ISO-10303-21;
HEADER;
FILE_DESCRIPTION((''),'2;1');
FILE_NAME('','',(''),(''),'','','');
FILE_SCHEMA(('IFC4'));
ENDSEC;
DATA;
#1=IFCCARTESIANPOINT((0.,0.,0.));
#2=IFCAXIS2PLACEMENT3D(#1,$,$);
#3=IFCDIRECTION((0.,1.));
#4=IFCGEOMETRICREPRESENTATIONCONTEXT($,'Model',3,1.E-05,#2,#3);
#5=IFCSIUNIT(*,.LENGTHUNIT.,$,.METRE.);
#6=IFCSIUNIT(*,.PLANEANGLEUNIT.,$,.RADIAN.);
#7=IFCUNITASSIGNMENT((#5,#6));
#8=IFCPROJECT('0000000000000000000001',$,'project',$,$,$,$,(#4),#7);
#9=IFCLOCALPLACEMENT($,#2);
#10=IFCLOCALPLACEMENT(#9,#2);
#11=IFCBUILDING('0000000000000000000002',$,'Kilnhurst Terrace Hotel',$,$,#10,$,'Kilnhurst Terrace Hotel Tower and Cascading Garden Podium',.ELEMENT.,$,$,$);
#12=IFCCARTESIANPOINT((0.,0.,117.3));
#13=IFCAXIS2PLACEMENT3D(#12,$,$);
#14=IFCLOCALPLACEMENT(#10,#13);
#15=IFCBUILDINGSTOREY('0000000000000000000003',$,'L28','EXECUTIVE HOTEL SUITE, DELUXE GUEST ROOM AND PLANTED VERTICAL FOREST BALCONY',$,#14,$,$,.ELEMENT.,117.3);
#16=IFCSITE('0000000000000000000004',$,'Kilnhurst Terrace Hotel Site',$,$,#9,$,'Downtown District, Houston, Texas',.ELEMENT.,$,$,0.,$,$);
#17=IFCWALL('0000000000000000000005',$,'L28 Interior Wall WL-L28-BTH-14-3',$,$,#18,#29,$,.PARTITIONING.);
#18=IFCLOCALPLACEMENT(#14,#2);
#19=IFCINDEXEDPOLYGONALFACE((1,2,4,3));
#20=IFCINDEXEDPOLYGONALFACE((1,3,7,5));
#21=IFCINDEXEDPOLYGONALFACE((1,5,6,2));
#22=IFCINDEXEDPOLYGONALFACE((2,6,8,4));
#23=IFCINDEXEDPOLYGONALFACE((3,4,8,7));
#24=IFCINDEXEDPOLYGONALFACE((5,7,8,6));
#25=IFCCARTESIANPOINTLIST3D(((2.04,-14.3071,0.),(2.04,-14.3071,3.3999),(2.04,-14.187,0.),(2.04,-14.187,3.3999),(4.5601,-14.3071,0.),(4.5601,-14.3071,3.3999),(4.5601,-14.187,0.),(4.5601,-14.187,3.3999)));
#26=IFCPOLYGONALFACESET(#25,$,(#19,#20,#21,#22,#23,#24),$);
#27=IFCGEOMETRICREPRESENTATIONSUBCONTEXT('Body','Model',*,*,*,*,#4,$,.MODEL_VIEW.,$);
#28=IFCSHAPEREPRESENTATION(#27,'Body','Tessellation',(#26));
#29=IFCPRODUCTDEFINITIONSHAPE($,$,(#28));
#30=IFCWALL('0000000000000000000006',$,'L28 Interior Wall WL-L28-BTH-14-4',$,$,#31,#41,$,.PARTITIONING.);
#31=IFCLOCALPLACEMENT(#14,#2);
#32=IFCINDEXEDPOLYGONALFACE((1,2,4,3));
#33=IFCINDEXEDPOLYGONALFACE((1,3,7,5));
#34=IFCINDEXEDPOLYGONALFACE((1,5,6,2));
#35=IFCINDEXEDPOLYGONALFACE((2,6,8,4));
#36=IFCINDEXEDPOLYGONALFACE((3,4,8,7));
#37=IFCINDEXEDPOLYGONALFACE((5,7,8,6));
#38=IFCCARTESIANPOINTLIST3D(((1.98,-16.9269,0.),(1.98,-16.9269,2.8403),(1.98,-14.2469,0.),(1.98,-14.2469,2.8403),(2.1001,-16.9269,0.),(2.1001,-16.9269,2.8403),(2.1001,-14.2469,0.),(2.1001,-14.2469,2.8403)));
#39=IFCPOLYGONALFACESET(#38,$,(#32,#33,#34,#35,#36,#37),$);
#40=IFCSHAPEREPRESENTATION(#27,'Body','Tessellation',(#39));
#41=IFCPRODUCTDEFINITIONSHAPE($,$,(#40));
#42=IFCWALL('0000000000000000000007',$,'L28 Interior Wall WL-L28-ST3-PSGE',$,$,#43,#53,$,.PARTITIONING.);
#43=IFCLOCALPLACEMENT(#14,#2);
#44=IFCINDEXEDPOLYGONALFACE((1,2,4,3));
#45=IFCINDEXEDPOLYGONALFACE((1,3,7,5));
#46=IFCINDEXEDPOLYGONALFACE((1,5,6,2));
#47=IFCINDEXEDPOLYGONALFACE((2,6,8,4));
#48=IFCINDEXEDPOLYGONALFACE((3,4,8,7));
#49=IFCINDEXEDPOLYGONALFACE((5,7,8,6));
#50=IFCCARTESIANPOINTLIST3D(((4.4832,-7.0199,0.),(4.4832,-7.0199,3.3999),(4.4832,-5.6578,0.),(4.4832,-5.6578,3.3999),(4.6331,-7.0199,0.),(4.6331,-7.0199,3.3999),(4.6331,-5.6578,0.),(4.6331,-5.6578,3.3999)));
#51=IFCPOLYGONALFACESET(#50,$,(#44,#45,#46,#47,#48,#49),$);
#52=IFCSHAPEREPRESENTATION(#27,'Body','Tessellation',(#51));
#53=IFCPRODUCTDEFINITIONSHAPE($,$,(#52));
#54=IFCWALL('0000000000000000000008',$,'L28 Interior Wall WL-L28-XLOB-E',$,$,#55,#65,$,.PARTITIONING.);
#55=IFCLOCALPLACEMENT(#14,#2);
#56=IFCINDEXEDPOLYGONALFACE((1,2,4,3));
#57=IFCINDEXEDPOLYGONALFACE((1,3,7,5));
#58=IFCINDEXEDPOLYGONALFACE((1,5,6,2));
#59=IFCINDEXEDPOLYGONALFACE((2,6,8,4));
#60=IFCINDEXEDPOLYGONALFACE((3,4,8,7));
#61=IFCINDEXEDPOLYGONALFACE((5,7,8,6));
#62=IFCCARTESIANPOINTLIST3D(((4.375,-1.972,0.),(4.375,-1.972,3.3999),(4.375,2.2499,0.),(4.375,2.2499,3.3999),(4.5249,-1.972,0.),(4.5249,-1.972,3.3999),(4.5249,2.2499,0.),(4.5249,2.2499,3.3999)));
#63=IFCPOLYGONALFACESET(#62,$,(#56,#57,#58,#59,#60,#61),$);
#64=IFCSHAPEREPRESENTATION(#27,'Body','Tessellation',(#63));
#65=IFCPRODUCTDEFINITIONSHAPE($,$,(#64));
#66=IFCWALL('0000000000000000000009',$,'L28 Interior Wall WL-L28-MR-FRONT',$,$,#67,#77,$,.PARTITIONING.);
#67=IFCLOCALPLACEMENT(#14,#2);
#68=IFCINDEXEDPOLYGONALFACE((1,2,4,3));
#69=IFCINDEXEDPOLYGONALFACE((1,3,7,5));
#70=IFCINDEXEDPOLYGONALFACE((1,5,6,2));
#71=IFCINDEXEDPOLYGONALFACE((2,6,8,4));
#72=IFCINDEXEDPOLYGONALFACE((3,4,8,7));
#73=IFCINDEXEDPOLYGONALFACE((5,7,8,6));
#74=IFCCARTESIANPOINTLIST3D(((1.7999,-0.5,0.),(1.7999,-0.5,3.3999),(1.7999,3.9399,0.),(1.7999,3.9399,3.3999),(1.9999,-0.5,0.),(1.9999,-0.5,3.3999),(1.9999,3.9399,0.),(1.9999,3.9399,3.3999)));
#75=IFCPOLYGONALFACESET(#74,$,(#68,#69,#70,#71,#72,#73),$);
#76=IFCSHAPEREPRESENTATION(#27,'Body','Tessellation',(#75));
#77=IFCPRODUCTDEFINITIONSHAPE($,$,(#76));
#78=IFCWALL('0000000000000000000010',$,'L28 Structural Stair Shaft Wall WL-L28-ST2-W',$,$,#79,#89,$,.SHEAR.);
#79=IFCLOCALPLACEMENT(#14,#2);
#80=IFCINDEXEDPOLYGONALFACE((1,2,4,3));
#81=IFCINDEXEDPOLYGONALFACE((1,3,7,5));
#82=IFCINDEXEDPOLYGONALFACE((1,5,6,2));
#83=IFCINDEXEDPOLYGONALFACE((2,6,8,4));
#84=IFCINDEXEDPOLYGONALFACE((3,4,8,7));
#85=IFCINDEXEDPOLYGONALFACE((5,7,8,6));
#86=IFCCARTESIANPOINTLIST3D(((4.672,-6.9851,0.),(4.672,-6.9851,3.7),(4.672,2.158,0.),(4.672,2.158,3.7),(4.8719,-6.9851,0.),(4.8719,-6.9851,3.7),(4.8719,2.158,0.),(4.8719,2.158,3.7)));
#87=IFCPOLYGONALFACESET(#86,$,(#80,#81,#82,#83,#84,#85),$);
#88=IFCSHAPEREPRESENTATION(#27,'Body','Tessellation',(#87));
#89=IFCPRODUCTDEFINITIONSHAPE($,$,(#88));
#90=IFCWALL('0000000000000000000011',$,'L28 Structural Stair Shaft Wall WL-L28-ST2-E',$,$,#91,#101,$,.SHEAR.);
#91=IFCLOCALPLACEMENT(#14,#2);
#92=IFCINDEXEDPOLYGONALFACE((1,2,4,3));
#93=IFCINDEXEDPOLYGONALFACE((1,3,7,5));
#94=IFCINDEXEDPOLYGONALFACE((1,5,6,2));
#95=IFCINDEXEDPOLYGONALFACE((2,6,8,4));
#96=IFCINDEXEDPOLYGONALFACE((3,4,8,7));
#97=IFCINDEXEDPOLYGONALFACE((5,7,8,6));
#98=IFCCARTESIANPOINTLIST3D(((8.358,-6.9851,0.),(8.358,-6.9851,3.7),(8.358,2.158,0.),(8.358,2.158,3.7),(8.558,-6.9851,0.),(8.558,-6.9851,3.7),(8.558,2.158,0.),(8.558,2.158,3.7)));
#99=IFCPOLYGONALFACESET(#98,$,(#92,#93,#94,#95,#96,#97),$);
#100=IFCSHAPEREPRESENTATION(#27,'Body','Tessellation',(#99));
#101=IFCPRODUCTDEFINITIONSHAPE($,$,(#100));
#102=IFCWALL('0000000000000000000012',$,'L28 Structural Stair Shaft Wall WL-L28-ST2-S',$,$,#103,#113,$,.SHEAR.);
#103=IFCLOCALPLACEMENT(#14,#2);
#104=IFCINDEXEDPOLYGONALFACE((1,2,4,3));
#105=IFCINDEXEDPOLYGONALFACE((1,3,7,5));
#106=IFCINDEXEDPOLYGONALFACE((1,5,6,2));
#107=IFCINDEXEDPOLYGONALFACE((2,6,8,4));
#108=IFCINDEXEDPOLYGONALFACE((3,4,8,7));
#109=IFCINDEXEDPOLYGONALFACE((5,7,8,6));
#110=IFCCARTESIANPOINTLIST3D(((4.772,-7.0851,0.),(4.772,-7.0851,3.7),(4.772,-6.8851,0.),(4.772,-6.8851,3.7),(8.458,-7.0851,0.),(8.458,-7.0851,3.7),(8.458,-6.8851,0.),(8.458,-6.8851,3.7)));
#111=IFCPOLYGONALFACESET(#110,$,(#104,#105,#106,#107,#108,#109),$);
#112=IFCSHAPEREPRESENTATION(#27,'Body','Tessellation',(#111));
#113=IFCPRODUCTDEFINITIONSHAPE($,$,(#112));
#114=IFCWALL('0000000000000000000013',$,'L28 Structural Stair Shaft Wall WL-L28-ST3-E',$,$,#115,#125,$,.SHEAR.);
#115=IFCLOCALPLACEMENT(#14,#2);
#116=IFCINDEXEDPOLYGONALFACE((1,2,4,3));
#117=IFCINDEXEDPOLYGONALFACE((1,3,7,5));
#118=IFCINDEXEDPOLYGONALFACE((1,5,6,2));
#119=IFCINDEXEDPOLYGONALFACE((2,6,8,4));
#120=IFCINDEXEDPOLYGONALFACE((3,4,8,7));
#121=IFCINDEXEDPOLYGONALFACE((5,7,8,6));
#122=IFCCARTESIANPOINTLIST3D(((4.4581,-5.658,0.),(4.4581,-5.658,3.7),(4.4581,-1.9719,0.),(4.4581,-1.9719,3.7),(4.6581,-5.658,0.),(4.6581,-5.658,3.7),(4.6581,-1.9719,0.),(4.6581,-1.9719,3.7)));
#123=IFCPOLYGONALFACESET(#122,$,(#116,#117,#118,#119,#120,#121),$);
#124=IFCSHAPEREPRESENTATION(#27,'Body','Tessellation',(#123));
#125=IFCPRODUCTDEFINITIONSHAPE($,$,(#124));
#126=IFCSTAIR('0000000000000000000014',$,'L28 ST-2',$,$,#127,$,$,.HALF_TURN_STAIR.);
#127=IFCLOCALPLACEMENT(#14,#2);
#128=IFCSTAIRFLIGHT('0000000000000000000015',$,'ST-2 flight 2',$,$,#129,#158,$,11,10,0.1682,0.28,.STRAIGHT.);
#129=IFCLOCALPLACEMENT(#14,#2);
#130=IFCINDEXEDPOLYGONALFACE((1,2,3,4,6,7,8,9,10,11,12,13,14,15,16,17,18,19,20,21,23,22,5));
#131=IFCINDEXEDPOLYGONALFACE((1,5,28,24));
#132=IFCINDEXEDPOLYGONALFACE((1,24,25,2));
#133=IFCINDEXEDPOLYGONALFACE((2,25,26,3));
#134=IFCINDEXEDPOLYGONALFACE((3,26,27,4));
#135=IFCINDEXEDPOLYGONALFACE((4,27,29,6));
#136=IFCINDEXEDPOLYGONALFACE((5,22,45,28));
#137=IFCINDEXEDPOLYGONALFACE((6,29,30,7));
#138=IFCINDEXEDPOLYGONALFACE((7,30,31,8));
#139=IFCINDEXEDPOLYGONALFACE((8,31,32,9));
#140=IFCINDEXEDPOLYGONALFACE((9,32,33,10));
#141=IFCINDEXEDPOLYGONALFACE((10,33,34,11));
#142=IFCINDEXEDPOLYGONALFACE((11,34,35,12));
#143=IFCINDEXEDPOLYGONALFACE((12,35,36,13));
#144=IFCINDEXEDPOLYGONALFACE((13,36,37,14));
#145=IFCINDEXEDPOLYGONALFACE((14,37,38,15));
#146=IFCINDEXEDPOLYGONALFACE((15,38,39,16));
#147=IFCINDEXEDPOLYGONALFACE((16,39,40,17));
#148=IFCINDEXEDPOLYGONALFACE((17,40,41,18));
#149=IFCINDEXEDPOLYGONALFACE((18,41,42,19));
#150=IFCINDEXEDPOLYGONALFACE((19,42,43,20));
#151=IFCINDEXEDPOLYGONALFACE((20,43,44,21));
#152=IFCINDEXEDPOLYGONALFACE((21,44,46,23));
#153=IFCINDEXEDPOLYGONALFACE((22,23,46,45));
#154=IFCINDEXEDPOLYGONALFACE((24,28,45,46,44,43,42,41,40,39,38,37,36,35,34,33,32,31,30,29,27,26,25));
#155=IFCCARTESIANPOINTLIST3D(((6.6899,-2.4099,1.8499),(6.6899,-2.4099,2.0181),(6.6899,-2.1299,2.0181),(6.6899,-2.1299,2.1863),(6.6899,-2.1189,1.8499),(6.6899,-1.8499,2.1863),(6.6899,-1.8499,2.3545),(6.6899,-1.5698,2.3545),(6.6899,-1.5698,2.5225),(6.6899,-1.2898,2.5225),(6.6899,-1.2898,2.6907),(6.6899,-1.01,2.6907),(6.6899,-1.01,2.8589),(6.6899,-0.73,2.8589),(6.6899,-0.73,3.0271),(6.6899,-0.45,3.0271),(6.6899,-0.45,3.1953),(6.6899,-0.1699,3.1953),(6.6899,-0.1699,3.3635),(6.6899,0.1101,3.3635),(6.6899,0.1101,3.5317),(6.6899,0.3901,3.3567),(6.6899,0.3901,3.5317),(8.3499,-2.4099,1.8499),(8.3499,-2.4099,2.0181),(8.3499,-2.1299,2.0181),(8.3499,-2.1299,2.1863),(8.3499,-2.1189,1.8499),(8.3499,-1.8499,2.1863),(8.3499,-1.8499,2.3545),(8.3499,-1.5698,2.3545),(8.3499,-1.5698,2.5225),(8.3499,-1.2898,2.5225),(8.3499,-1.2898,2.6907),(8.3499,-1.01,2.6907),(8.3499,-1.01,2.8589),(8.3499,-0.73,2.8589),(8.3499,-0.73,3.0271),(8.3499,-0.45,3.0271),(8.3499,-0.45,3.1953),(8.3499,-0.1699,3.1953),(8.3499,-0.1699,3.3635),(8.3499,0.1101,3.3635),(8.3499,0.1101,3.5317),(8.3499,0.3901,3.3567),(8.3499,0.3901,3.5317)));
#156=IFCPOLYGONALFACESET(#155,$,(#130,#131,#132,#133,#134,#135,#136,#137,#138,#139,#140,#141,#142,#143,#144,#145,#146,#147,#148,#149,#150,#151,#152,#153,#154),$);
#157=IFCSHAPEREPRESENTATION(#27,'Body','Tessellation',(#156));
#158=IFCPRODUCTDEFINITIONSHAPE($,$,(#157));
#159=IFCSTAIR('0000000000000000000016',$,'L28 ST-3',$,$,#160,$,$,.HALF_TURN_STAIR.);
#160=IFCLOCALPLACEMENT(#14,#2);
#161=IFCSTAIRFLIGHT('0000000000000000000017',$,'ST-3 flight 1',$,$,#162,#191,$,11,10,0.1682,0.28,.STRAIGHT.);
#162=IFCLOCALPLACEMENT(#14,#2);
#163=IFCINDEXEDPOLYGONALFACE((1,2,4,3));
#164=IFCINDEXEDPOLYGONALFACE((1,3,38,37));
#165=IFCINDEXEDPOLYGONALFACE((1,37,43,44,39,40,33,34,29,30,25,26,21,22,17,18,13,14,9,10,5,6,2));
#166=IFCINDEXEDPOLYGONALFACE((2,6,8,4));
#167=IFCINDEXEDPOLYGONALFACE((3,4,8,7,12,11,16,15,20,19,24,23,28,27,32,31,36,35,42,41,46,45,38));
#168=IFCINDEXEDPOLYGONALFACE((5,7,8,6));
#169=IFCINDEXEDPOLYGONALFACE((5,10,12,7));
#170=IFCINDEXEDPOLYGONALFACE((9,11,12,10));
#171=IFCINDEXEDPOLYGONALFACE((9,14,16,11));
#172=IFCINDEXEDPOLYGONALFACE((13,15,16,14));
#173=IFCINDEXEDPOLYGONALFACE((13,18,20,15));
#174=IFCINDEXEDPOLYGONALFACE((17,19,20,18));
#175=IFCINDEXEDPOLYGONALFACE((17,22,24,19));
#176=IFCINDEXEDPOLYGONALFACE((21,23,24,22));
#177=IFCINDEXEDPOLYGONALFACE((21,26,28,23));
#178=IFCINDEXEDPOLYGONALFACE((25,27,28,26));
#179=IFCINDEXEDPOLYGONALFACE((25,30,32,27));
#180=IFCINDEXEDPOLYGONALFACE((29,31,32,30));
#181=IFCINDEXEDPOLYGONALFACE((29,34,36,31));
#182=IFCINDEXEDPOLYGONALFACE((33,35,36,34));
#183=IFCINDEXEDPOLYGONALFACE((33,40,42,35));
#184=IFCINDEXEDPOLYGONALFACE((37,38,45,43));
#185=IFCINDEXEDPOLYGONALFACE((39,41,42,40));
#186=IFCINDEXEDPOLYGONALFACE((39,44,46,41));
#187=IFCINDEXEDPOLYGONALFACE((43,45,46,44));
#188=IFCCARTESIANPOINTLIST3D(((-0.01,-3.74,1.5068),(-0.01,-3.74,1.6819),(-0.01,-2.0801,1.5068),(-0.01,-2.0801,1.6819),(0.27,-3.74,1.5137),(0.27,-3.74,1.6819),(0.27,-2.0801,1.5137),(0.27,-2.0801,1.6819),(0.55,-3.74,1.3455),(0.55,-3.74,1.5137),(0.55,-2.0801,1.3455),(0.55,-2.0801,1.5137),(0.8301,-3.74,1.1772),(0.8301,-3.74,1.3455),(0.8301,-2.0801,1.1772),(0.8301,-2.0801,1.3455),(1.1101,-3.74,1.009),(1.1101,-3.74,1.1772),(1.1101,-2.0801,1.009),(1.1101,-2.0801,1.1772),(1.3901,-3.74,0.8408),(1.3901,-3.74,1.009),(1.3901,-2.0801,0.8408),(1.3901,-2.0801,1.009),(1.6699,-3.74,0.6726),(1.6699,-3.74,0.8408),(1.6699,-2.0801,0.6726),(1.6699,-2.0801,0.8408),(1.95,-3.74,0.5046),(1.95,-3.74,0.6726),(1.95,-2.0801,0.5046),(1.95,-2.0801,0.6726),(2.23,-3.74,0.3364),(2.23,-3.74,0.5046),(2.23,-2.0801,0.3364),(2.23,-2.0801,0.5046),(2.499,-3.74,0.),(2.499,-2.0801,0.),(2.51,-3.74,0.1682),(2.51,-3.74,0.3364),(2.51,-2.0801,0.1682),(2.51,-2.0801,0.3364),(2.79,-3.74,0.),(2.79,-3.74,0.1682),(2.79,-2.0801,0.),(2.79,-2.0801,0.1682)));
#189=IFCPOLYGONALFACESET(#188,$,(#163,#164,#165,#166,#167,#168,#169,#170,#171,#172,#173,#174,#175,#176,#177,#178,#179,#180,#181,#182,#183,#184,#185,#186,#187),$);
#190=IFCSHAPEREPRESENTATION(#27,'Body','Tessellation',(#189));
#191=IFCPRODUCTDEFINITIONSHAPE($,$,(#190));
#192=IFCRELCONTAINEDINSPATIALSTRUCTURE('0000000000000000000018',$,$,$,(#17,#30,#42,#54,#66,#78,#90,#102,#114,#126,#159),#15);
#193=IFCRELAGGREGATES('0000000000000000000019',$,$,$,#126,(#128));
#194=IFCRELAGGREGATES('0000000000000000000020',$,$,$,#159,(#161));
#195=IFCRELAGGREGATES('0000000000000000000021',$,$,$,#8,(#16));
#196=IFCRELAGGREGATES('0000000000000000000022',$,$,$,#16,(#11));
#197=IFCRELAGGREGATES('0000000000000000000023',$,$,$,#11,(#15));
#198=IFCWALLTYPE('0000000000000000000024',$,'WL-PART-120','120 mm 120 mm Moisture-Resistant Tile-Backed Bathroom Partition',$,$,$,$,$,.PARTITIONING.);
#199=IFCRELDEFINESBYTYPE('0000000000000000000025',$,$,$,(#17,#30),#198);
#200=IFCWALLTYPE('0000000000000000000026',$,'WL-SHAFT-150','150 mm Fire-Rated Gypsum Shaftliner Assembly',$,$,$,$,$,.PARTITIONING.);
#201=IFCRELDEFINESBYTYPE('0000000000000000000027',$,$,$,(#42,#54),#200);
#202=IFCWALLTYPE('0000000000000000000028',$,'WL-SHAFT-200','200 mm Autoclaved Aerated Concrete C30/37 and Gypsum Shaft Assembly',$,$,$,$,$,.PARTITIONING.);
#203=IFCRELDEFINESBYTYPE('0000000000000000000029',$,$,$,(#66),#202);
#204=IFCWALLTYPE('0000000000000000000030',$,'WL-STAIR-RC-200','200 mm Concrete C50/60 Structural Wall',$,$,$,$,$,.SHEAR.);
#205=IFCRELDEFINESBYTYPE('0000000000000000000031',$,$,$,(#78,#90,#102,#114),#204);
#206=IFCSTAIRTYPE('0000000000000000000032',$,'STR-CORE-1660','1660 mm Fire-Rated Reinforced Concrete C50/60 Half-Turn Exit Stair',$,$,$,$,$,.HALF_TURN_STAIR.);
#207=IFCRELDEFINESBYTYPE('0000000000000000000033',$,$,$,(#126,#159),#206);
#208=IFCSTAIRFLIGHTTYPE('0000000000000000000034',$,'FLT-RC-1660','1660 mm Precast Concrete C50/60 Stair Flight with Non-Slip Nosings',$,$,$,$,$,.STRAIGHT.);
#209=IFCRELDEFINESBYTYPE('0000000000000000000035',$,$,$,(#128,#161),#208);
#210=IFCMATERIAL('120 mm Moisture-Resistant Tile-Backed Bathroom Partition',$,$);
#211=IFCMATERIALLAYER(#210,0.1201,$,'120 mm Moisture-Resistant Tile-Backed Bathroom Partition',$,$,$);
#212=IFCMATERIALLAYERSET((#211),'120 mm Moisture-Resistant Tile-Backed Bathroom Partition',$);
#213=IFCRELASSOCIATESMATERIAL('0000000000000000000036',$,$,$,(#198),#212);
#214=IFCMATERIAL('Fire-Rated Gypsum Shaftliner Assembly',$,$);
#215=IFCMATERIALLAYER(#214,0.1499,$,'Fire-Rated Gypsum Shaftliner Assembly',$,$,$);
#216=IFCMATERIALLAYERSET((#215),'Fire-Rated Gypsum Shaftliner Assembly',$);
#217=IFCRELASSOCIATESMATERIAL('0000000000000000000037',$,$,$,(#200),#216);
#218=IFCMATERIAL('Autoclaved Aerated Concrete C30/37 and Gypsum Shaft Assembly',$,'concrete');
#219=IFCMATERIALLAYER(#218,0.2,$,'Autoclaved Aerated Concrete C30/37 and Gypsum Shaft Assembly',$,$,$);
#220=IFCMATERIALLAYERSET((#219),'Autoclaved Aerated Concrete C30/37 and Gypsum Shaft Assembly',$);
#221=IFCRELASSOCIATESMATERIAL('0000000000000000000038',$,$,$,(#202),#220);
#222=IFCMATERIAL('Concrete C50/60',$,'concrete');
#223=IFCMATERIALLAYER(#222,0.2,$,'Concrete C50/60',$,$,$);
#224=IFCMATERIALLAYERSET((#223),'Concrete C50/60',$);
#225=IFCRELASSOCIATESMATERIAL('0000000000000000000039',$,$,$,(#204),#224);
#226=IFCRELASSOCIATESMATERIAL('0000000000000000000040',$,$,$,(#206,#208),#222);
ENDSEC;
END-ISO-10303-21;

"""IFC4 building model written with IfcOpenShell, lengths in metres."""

from ifc_helpers import new_model, si_unit, direction, frame, frame_2d, origin, place, context, subcontext, project, spatial, polyline, rectangle, outline, extrude, material, layer, layer_set, type_object, element, aggregate, save


model = new_model("IFC4")

# Units and contexts
model_context = context("Model", 3, precision=1e-05, world=origin(), true_north=direction((0.0, 1.0)))
body_context = subcontext(model_context, "Body", "Model", "MODEL_VIEW")
ifc_project = project(units=[si_unit("LENGTHUNIT", "METRE"), si_unit("PLANEANGLEUNIT", "RADIAN")], contexts=[model_context])

# Site, building, storey
site_placement = place(None, origin())
site = spatial("IfcSite", under=ifc_project, at=site_placement, Name="Kilnhurst Terrace Hotel Site", LongName="Downtown District, Houston, Texas", CompositionType="ELEMENT", RefElevation=0.0)
building_placement = place(site_placement, origin())
building = spatial("IfcBuilding", under=site, at=building_placement, Name="Kilnhurst Terrace Hotel", LongName="Kilnhurst Terrace Hotel Tower and Cascading Garden Podium", CompositionType="ELEMENT")
storey_placement = place(building_placement, frame((0.0, 0.0, 117.3)))
storey = spatial("IfcBuildingStorey", under=building, at=storey_placement, Name="L28", Description="EXECUTIVE HOTEL SUITE, DELUXE GUEST ROOM AND PLANTED VERTICAL FOREST BALCONY", CompositionType="ELEMENT", Elevation=117.3)

# Shared definitions
ifc_material_1 = material(Name="Concrete C50/60", Category="concrete")

# Shared definitions
ifc_material_2 = material(Name="120 mm Moisture-Resistant Tile-Backed Bathroom Partition")
ifc_layer_1 = layer(ifc_material_2, 0.1201, Name="120 mm Moisture-Resistant Tile-Backed Bathroom Partition")
ifc_layer_set_1 = layer_set([ifc_layer_1], Name="120 mm Moisture-Resistant Tile-Backed Bathroom Partition")
wall_type_1 = type_object("IfcWallType", Name="WL-PART-120", Description="120 mm 120 mm Moisture-Resistant Tile-Backed Bathroom Partition", PredefinedType="PARTITIONING", material=ifc_layer_set_1)

# Walls
wall_1_placement = place(storey_placement, frame((4.5601, -14.2471, 0.0), z_axis=(0.0, 0.0, 1.0), x_axis=(-1.0, 0.0, 0.0)))
element("IfcWall", 1, at=wall_1_placement, inside=storey, type_object=wall_type_1, Name="L28 Interior Wall WL-L28-BTH-14-3", PredefinedType="PARTITIONING", context=body_context, shape_type="SweptSolid", body=[
    extrude(rectangle(XDim=2.52, YDim=0.1201, at=frame_2d((1.26, 0.0))), origin(), (0.0, 0.0, 1.0), 3.3999),
])
wall_2_placement = place(storey_placement, frame((2.04, -14.2471, 0.0), z_axis=(0.0, 0.0, 1.0), x_axis=(0.0, -1.0, 0.0)))
element("IfcWall", 2, at=wall_2_placement, inside=storey, type_object=wall_type_1, Name="L28 Interior Wall WL-L28-BTH-14-4", PredefinedType="PARTITIONING", context=body_context, shape_type="SweptSolid", body=[
    extrude(rectangle(XDim=2.6799, YDim=0.1201, at=frame_2d((1.3398, 0.0))), origin(), (0.0, 0.0, 1.0), 2.8403),
])
ifc_material_3 = material(Name="Fire-Rated Gypsum Shaftliner Assembly")
ifc_layer_2 = layer(ifc_material_3, 0.1499, Name="Fire-Rated Gypsum Shaftliner Assembly")
ifc_layer_set_2 = layer_set([ifc_layer_2], Name="Fire-Rated Gypsum Shaftliner Assembly")
wall_type_2 = type_object("IfcWallType", Name="WL-SHAFT-150", Description="150 mm Fire-Rated Gypsum Shaftliner Assembly", PredefinedType="PARTITIONING", material=ifc_layer_set_2)
wall_3_placement = place(storey_placement, frame((4.5581, -7.02, 0.0), z_axis=(0.0, 0.0, 1.0), x_axis=(0.0, 1.0, 0.0)))
element("IfcWall", 3, at=wall_3_placement, inside=storey, type_object=wall_type_2, Name="L28 Interior Wall WL-L28-ST3-PSGE", PredefinedType="PARTITIONING", context=body_context, shape_type="SweptSolid", body=[
    extrude(rectangle(XDim=1.3621, YDim=0.1499, at=frame_2d((0.6812, 0.0))), origin(), (0.0, 0.0, 1.0), 3.3999),
])
wall_4_placement = place(storey_placement, frame((4.45, -1.9719, 0.0), z_axis=(0.0, 0.0, 1.0), x_axis=(0.0, 1.0, 0.0)))
element("IfcWall", 4, at=wall_4_placement, inside=storey, type_object=wall_type_2, Name="L28 Interior Wall WL-L28-XLOB-E", PredefinedType="PARTITIONING", context=body_context, shape_type="SweptSolid", body=[
    extrude(rectangle(XDim=4.2219, YDim=0.1499, at=frame_2d((2.1108, 0.0))), origin(), (0.0, 0.0, 1.0), 3.3999),
])
ifc_material_4 = material(Name="Autoclaved Aerated Concrete C30/37 and Gypsum Shaft Assembly", Category="concrete")
ifc_layer_3 = layer(ifc_material_4, 0.2, Name="Autoclaved Aerated Concrete C30/37 and Gypsum Shaft Assembly")
ifc_layer_set_3 = layer_set([ifc_layer_3], Name="Autoclaved Aerated Concrete C30/37 and Gypsum Shaft Assembly")
wall_type_3 = type_object("IfcWallType", Name="WL-SHAFT-200", Description="200 mm Autoclaved Aerated Concrete C30/37 and Gypsum Shaft Assembly", PredefinedType="PARTITIONING", material=ifc_layer_set_3)
wall_5_placement = place(storey_placement, frame((1.8999, -0.5, 0.0), z_axis=(0.0, 0.0, 1.0), x_axis=(0.0, 1.0, 0.0)))
element("IfcWall", 5, at=wall_5_placement, inside=storey, type_object=wall_type_3, Name="L28 Interior Wall WL-L28-MR-FRONT", PredefinedType="PARTITIONING", context=body_context, shape_type="SweptSolid", body=[
    extrude(rectangle(XDim=4.4399, YDim=0.2, at=frame_2d((2.22, 0.0))), origin(), (0.0, 0.0, 1.0), 3.3999),
])
ifc_layer_4 = layer(ifc_material_1, 0.2, Name="Concrete C50/60")
ifc_layer_set_4 = layer_set([ifc_layer_4], Name="Concrete C50/60")
wall_type_4 = type_object("IfcWallType", Name="WL-STAIR-RC-200", Description="200 mm Concrete C50/60 Structural Wall", PredefinedType="SHEAR", material=ifc_layer_set_4)
for number, where, z_axis, x_axis, name in (
    (6, (4.772, -6.9851, 0.0), (0.0, 0.0, 1.0), (0.0, 1.0, 0.0), "L28 Structural Stair Shaft Wall WL-L28-ST2-W"),
    (7, (8.458, -6.9851, 0.0), (0.0, 0.0, 1.0), (0.0, 1.0, 0.0), "L28 Structural Stair Shaft Wall WL-L28-ST2-E"),
):
    element("IfcWall", number, at=place(storey_placement, frame(where, z_axis=z_axis, x_axis=x_axis)), inside=storey, type_object=wall_type_4, Name=name, PredefinedType="SHEAR", context=body_context, shape_type="SweptSolid", body=[
        extrude(rectangle(XDim=9.1431, YDim=0.2, at=frame_2d((4.5715, 0.0))), origin(), (0.0, 0.0, 1.0), 3.7),
    ])
for number, where, z_axis, x_axis, name in (
    (8, (4.772, -6.9851, 0.0), (0.0, 0.0, 1.0), (1.0, 0.0, 0.0), "L28 Structural Stair Shaft Wall WL-L28-ST2-S"),
    (9, (4.5581, -5.658, 0.0), (0.0, 0.0, 1.0), (0.0, 1.0, 0.0), "L28 Structural Stair Shaft Wall WL-L28-ST3-E"),
):
    element("IfcWall", number, at=place(storey_placement, frame(where, z_axis=z_axis, x_axis=x_axis)), inside=storey, type_object=wall_type_4, Name=name, PredefinedType="SHEAR", context=body_context, shape_type="SweptSolid", body=[
        extrude(rectangle(XDim=3.686, YDim=0.2, at=frame_2d((1.843, 0.0))), origin(), (0.0, 0.0, 1.0), 3.7),
    ])

# Stairs, stair flights
stair_type = type_object("IfcStairType", Name="STR-CORE-1660", Description="1660 mm Fire-Rated Reinforced Concrete C50/60 Half-Turn Exit Stair", PredefinedType="HALF_TURN_STAIR", material=ifc_material_1)
stair_1_placement = place(storey_placement, origin())
stair_1 = element("IfcStair", 10, at=stair_1_placement, inside=storey, type_object=stair_type, Name="L28 ST-2", PredefinedType="HALF_TURN_STAIR")
stair_flight_type = type_object("IfcStairFlightType", Name="FLT-RC-1660", Description="1660 mm Precast Concrete C50/60 Stair Flight with Non-Slip Nosings", PredefinedType="STRAIGHT", material=ifc_material_1)
stair_flight_1_placement = place(storey_placement, frame((7.52, -2.4099, 1.8499), z_axis=(0.0, 0.0, 1.0), x_axis=(0.0, 1.0, 0.0)))
stair_flight_1 = element("IfcStairFlight", 11, at=stair_flight_1_placement, type_object=stair_flight_type, Name="ST-2 flight 2", NumberOfRisers=11, NumberOfTreads=10, PredefinedType="STRAIGHT", RiserHeight=0.1682, TreadLength=0.28, context=body_context, shape_type="SweptSolid", body=[
    extrude(outline(polyline([(0.0, 0.0), (0.0, 0.1682), (0.28, 0.1682), (0.28, 0.3364), (0.5601, 0.3364), (0.5601, 0.5046), (0.8401, 0.5046), (0.8401, 0.6726), (1.1201, 0.6726), (1.1201, 0.8408), (1.3999, 0.8408), (1.3999, 1.009), (1.6799, 1.009), (1.6799, 1.1772), (1.96, 1.1772), (1.96, 1.3455), (2.24, 1.3455), (2.24, 1.5137), (2.52, 1.5137), (2.52, 1.6819), (2.8, 1.6819), (2.8, 1.8501), (2.8, 1.5068), (0.291, 0.0), (0.0, 0.0)])), frame((0.0, 0.8301, 0.0), z_axis=(0.0, -1.0, 0.0), x_axis=(1.0, 0.0, 0.0)), (0.0, 0.0, 1.0), 1.6599),
])
aggregate(stair_1, [stair_flight_1])
stair_2_placement = place(storey_placement, origin())
stair_2 = element("IfcStair", 12, at=stair_2_placement, inside=storey, type_object=stair_type, Name="L28 ST-3", PredefinedType="HALF_TURN_STAIR")
stair_flight_2_placement = place(storey_placement, frame((2.79, -2.9099, 0.0), z_axis=(0.0, 0.0, 1.0), x_axis=(-1.0, 0.0, 0.0)))
stair_flight_2 = element("IfcStairFlight", 13, at=stair_flight_2_placement, type_object=stair_flight_type, Name="ST-3 flight 1", NumberOfRisers=11, NumberOfTreads=10, PredefinedType="STRAIGHT", RiserHeight=0.1682, TreadLength=0.28, context=body_context, shape_type="SweptSolid", body=[
    extrude(outline(polyline([(0.0, 0.0), (0.0, 0.1682), (0.28, 0.1682), (0.28, 0.3364), (0.5601, 0.3364), (0.5601, 0.5046), (0.8401, 0.5046), (0.8401, 0.6726), (1.1201, 0.6726), (1.1201, 0.8408), (1.3999, 0.8408), (1.3999, 1.009), (1.6799, 1.009), (1.6799, 1.1772), (1.96, 1.1772), (1.96, 1.3455), (2.24, 1.3455), (2.24, 1.5137), (2.52, 1.5137), (2.52, 1.6819), (2.8, 1.6819), (2.8, 1.8501), (2.8, 1.5068), (0.291, 0.0), (0.0, 0.0)])), frame((0.0, 0.8301, 0.0), z_axis=(0.0, -1.0, 0.0), x_axis=(1.0, 0.0, 0.0)), (0.0, 0.0, 1.0), 1.6599),
])
aggregate(stair_2, [stair_flight_2])

save(model, "model.ifc")
